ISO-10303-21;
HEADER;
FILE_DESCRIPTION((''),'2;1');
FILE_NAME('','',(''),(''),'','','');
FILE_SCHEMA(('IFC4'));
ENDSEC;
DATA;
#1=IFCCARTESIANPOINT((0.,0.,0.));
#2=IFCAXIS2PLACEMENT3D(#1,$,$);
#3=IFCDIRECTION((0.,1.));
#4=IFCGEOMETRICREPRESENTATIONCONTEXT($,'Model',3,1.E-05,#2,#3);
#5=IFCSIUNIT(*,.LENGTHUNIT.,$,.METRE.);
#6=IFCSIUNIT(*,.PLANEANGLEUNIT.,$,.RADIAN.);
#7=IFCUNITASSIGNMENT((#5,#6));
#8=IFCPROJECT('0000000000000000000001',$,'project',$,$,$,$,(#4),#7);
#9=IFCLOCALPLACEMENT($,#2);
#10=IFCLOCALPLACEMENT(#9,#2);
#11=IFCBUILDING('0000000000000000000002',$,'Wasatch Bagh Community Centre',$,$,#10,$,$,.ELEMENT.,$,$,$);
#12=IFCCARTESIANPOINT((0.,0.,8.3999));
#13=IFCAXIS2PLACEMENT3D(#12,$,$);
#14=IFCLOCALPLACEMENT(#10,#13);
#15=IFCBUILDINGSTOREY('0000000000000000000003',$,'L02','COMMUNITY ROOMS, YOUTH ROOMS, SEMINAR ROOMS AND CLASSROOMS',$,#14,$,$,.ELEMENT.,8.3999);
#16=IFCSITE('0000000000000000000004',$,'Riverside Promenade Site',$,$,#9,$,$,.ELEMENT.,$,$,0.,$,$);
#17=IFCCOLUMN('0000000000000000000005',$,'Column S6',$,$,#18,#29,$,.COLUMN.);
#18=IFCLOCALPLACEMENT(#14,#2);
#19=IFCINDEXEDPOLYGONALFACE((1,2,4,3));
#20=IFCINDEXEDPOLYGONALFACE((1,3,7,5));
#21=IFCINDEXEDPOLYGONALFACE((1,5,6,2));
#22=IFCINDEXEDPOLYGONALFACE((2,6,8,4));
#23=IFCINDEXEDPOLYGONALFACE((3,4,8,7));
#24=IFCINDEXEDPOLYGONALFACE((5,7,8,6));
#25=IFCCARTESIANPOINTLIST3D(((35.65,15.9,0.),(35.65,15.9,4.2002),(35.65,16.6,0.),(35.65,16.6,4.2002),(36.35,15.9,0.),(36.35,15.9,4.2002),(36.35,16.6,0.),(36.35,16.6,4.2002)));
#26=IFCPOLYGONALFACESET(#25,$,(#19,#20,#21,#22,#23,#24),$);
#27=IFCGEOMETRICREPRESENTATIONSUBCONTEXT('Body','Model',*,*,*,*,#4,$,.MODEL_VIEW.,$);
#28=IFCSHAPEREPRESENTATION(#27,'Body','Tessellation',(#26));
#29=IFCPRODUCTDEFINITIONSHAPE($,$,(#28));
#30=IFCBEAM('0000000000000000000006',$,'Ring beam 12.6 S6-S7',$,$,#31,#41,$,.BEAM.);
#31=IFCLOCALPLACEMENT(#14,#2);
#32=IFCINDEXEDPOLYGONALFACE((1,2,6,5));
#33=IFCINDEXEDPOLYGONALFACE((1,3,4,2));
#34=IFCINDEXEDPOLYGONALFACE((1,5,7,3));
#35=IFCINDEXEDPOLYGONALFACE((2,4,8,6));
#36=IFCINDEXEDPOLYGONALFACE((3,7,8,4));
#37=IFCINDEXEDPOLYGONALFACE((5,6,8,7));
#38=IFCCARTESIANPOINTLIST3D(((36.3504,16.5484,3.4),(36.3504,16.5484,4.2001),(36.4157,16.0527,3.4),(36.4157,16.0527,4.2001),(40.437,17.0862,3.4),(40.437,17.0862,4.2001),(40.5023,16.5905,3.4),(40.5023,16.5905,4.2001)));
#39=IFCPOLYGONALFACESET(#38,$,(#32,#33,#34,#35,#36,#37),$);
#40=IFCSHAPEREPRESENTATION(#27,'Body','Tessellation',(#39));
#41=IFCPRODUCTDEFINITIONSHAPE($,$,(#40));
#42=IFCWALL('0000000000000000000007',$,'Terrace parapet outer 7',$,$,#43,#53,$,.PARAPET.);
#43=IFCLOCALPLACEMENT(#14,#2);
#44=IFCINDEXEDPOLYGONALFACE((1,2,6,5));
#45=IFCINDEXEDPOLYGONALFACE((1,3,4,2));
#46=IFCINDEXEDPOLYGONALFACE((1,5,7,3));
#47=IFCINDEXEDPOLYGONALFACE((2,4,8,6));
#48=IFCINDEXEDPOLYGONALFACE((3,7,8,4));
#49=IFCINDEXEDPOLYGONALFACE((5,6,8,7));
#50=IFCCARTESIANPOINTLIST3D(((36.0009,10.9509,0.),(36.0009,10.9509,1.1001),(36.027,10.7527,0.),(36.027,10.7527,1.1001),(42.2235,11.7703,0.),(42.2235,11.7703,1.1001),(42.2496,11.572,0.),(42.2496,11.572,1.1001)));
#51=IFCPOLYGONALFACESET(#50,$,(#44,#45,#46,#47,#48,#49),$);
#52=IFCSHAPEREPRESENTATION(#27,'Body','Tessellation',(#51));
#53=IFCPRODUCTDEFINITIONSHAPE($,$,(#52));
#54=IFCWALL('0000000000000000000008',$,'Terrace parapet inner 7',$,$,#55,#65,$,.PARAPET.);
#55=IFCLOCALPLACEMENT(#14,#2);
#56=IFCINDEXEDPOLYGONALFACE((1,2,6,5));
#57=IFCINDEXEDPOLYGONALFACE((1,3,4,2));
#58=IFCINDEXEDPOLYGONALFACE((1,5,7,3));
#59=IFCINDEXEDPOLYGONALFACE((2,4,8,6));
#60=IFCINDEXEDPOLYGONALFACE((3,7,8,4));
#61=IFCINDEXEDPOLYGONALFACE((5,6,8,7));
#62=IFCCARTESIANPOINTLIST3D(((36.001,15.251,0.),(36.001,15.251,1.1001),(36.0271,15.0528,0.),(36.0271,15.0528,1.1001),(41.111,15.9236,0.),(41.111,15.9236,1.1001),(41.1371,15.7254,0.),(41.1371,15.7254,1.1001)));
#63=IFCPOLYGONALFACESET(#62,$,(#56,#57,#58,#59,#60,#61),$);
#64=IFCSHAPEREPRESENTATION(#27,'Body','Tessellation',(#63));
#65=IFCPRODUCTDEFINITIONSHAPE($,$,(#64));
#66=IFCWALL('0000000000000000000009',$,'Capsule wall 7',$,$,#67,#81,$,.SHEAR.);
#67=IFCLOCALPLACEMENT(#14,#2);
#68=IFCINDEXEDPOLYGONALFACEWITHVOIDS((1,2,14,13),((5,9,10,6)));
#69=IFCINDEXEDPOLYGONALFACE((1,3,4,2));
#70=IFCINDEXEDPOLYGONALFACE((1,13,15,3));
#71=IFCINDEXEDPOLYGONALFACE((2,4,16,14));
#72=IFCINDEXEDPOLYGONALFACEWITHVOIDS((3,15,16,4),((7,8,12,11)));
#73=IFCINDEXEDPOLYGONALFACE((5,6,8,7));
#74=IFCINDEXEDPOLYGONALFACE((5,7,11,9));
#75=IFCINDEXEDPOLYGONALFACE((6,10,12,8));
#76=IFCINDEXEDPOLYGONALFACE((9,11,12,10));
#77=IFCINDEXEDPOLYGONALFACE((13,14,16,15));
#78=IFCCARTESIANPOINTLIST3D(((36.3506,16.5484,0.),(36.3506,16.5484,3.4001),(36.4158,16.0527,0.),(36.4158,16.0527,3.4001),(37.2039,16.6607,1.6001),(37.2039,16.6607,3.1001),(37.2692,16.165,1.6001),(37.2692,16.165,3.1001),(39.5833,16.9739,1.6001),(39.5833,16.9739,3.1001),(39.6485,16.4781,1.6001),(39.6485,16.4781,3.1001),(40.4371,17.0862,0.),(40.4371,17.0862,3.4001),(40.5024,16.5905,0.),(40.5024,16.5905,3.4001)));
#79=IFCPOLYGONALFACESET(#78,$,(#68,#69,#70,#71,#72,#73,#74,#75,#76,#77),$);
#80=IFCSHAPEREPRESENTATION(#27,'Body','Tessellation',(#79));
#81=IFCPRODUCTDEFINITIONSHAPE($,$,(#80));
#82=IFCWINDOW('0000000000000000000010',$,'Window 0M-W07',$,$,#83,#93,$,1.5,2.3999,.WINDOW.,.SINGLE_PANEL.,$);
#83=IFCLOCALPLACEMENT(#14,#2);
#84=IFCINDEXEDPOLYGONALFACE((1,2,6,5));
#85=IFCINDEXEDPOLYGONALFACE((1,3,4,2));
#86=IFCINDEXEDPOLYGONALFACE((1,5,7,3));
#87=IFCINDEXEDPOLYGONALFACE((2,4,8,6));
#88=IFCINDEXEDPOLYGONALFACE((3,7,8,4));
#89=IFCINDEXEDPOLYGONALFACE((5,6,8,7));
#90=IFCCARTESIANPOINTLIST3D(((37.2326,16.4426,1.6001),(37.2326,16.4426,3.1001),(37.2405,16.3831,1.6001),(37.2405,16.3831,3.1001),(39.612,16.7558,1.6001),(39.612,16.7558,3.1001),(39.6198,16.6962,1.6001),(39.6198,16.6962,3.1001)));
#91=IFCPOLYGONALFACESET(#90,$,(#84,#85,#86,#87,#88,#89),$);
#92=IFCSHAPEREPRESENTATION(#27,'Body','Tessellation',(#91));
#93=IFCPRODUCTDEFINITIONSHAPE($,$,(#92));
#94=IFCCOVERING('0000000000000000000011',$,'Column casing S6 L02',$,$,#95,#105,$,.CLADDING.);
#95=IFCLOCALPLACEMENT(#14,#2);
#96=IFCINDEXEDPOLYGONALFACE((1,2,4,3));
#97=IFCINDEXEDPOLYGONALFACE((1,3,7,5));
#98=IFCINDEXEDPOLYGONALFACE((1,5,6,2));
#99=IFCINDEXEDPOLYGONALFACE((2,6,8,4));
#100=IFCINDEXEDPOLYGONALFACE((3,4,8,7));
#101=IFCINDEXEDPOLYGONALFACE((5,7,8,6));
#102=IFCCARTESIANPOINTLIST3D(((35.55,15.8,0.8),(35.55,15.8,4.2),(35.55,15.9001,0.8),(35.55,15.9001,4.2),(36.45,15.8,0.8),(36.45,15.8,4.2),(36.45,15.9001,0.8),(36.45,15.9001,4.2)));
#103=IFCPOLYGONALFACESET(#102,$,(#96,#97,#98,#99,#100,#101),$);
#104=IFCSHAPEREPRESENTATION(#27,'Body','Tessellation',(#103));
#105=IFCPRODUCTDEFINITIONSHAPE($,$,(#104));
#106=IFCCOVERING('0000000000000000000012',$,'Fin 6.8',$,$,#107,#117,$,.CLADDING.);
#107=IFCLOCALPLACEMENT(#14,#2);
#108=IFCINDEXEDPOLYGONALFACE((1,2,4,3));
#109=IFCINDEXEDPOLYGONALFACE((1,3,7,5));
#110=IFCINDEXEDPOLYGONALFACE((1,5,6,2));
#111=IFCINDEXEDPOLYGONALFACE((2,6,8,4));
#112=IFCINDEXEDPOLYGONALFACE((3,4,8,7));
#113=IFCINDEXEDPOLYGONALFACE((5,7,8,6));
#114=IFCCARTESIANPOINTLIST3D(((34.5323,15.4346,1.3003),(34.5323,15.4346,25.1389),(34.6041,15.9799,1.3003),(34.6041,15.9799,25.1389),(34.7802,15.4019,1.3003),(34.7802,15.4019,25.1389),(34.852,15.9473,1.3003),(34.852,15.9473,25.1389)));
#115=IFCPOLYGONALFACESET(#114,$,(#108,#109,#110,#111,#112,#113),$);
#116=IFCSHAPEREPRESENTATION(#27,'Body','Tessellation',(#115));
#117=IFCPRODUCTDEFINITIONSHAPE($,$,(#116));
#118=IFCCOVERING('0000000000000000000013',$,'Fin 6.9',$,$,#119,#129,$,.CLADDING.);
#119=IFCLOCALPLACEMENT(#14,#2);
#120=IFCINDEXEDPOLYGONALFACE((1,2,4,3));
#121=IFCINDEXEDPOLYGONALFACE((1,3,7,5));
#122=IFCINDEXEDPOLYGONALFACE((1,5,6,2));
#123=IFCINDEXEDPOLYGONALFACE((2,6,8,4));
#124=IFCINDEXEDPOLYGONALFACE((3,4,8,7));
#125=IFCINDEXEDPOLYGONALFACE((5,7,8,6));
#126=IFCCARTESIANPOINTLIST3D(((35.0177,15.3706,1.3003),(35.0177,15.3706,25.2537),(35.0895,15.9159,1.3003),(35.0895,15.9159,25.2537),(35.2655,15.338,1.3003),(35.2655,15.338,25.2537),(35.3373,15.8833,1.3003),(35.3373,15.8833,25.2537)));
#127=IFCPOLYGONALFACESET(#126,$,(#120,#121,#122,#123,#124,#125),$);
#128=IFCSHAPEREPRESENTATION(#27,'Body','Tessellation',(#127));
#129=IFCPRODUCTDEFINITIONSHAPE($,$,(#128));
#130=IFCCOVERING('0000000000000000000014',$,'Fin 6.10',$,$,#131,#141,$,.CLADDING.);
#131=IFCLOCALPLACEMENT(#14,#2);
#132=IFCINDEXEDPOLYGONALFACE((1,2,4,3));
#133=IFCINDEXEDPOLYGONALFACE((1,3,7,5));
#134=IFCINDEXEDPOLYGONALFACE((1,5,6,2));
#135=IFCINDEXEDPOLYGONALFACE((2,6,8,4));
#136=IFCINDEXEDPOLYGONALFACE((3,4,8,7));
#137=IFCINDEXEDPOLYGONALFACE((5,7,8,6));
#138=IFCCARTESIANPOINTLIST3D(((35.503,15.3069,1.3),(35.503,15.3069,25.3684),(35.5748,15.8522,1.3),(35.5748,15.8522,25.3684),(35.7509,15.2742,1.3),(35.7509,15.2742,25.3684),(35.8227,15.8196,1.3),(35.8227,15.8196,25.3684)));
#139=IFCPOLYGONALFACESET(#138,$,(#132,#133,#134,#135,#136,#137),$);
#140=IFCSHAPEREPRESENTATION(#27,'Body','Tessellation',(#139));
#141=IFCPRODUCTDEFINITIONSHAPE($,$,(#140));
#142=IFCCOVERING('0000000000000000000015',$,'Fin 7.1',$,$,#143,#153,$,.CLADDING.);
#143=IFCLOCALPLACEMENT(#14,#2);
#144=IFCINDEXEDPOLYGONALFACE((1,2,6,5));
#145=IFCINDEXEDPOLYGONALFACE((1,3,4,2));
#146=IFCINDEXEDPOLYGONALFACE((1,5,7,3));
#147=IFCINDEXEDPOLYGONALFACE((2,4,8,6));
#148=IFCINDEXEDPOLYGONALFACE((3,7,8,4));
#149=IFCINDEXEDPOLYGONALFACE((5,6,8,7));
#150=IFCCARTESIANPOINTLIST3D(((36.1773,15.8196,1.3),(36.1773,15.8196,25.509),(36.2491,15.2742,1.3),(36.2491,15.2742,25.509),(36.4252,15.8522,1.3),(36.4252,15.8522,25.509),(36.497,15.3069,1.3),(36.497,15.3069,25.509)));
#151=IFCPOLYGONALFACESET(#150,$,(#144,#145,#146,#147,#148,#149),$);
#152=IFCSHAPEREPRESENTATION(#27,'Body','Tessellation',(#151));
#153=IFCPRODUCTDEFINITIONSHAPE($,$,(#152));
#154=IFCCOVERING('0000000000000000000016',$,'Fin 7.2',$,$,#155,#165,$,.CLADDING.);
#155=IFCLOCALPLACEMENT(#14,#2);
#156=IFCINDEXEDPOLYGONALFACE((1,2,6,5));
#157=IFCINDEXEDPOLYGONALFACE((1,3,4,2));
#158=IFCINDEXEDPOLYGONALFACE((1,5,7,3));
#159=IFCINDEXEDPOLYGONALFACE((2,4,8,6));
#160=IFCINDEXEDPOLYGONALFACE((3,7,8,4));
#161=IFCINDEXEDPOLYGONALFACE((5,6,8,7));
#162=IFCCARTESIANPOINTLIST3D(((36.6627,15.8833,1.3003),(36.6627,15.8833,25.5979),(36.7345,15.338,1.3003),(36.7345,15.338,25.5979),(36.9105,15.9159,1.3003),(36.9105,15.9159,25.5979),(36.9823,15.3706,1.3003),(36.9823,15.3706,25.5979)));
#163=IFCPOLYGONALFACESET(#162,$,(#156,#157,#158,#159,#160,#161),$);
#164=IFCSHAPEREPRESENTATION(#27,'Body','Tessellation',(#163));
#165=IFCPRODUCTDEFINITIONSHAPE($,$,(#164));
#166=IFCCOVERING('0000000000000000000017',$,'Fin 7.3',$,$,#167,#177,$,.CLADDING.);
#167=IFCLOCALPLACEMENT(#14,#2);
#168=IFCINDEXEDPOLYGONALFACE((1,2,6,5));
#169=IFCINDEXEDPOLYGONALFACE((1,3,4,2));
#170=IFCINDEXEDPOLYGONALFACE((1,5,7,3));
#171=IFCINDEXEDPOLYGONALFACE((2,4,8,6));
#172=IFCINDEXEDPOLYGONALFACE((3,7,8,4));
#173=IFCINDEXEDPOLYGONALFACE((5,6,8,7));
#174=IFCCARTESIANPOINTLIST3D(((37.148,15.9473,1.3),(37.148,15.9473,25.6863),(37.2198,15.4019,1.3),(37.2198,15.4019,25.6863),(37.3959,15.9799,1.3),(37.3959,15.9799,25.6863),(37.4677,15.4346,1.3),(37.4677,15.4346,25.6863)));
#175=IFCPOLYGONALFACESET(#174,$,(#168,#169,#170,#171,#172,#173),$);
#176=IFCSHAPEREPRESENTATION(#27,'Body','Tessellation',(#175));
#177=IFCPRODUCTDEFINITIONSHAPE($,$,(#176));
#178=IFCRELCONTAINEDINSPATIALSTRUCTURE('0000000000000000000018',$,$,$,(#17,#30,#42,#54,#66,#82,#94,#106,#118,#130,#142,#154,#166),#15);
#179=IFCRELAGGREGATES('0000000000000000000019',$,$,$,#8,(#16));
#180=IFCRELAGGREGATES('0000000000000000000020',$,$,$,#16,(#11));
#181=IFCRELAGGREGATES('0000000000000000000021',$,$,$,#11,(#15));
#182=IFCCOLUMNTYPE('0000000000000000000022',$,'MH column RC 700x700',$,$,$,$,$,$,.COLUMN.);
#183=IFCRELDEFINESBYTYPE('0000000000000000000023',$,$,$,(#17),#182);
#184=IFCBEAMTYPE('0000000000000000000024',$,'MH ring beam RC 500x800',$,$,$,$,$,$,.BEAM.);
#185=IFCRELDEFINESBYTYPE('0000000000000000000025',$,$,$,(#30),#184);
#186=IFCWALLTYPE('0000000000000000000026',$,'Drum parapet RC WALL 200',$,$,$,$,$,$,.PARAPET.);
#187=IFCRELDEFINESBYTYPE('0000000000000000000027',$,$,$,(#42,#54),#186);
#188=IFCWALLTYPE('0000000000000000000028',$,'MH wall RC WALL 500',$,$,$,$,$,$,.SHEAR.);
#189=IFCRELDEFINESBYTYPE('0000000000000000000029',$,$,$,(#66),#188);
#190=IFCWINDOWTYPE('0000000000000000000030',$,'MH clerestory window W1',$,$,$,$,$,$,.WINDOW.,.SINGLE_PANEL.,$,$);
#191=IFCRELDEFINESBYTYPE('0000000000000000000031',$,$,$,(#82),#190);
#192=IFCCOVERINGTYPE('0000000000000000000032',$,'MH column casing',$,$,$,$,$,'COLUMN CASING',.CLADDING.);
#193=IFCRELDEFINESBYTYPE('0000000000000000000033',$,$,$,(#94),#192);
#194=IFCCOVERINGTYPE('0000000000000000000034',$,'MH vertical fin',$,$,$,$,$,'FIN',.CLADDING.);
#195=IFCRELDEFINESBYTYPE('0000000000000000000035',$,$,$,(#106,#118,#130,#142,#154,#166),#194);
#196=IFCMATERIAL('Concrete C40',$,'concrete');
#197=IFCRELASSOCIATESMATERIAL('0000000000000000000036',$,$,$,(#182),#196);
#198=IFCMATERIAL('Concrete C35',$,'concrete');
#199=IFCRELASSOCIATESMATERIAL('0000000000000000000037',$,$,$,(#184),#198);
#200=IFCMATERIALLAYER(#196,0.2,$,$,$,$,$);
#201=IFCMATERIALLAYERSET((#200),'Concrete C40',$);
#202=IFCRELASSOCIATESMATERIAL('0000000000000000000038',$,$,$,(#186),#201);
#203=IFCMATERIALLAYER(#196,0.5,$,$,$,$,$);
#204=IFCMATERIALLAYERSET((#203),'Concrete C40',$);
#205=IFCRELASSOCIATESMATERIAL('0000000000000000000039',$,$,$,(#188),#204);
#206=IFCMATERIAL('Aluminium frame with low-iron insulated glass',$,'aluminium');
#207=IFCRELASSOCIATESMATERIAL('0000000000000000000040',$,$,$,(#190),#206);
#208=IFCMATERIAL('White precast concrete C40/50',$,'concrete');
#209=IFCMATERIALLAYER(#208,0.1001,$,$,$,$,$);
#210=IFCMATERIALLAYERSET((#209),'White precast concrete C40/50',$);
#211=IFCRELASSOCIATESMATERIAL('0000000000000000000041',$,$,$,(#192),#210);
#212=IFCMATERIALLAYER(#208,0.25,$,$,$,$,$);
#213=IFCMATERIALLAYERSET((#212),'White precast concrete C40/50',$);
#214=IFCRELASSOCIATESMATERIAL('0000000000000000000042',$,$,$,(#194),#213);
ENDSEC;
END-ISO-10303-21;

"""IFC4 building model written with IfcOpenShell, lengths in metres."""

from ifc_helpers import new_model, si_unit, direction, frame, frame_2d, origin, origin_2d, place, context, subcontext, project, spatial, rectangle, extrude, material, layer, layer_set, material_profile, profile_set, type_object, element, fill, save


model = new_model("IFC4")

# Units and contexts
model_context = context("Model", 3, precision=1e-05, world=origin(), true_north=direction((0.0, 1.0)))
body_context = subcontext(model_context, "Body", "Model", "MODEL_VIEW")
ifc_project = project(units=[si_unit("LENGTHUNIT", "METRE"), si_unit("PLANEANGLEUNIT", "RADIAN")], contexts=[model_context])

# Site, building, storey
site_placement = place(None, origin())
site = spatial("IfcSite", under=ifc_project, at=site_placement, Name="Riverside Promenade Site", CompositionType="ELEMENT", RefElevation=0.0)
building_placement = place(site_placement, origin())
building = spatial("IfcBuilding", under=site, at=building_placement, Name="Wasatch Bagh Community Centre", CompositionType="ELEMENT")
storey_placement = place(building_placement, frame((0.0, 0.0, 8.3999)))
storey = spatial("IfcBuildingStorey", under=building, at=storey_placement, Name="L02", Description="COMMUNITY ROOMS, YOUTH ROOMS, SEMINAR ROOMS AND CLASSROOMS", CompositionType="ELEMENT", Elevation=8.3999)

# Column
ifc_material_1 = material(Name="Concrete C40", Category="concrete")
ifc_material_profile_1 = material_profile(ifc_material_1, rectangle(XDim=0.7, YDim=0.7, at=origin_2d()), Name="RC 700x700")
ifc_profile_set_1 = profile_set([ifc_material_profile_1], Name="Concrete C40")
column_type = type_object("IfcColumnType", Name="MH column RC 700x700", PredefinedType="COLUMN", material=ifc_profile_set_1)
column_placement = place(storey_placement, frame((36.0, 16.25, 0.0), z_axis=(0.0, 0.0, 1.0), x_axis=(1.0, 0.0, 0.0)))
element("IfcColumn", 1, at=column_placement, inside=storey, type_object=column_type, Name="Column S6", PredefinedType="COLUMN", context=body_context, shape_type="SweptSolid", body=[
    extrude(rectangle(XDim=0.7, YDim=0.7, at=origin_2d()), origin(), (0.0, 0.0, 1.0), 4.2002),
])

# Beam
ifc_material_2 = material(Name="Concrete C35", Category="concrete")
ifc_material_profile_2 = material_profile(ifc_material_2, rectangle(XDim=0.5, YDim=0.8, at=origin_2d()), Name="RC 500x800")
ifc_profile_set_2 = profile_set([ifc_material_profile_2], Name="Concrete C35")
beam_type = type_object("IfcBeamType", Name="MH ring beam RC 500x800", PredefinedType="BEAM", material=ifc_profile_set_2)
beam_placement = place(storey_placement, frame((36.3831, 16.3005, 3.8), z_axis=(0.99145, 0.130484, 0.0), x_axis=(-0.130484, 0.99145, 0.0)))
element("IfcBeam", 2, at=beam_placement, inside=storey, type_object=beam_type, Name="Ring beam 12.6 S6-S7", PredefinedType="BEAM", context=body_context, shape_type="SweptSolid", body=[
    extrude(rectangle(XDim=0.5, YDim=0.8, at=origin_2d()), origin(), (0.0, 0.0, 1.0), 4.1218),
])

# Walls
ifc_layer_1 = layer(ifc_material_1, 0.2)
ifc_layer_set_1 = layer_set([ifc_layer_1], Name="Concrete C40")
wall_type_1 = type_object("IfcWallType", Name="Drum parapet RC WALL 200", PredefinedType="PARAPET", material=ifc_layer_set_1)
wall_1_placement = place(storey_placement, frame((36.0139, 10.8518, 0.0), z_axis=(0.0, 0.0, 1.0), x_axis=(0.991443, 0.130543, 0.0)))
element("IfcWall", 3, at=wall_1_placement, inside=storey, type_object=wall_type_1, Name="Terrace parapet outer 7", PredefinedType="PARAPET", context=body_context, shape_type="SweptSolid", body=[
    extrude(rectangle(XDim=6.2764, YDim=0.2, at=frame_2d((3.1382, 0.0))), origin(), (0.0, 0.0, 1.0), 1.1001),
])
wall_2_placement = place(storey_placement, frame((36.0139, 15.1519, 0.0), z_axis=(0.0, 0.0, 1.0), x_axis=(0.991448, 0.130504, 0.0)))
element("IfcWall", 4, at=wall_2_placement, inside=storey, type_object=wall_type_1, Name="Terrace parapet inner 7", PredefinedType="PARAPET", context=body_context, shape_type="SweptSolid", body=[
    extrude(rectangle(XDim=5.1541, YDim=0.2, at=frame_2d((2.5771, 0.0))), origin(), (0.0, 0.0, 1.0), 1.1001),
])

# Wall, opening, window
ifc_layer_2 = layer(ifc_material_1, 0.5)
ifc_layer_set_2 = layer_set([ifc_layer_2], Name="Concrete C40")
wall_type_2 = type_object("IfcWallType", Name="MH wall RC WALL 500", PredefinedType="SHEAR", material=ifc_layer_set_2)
wall_3_placement = place(storey_placement, frame((36.3831, 16.3005, 0.0), z_axis=(0.0, 0.0, 1.0), x_axis=(0.99145, 0.130484, 0.0)))
wall_3 = element("IfcWall", 5, at=wall_3_placement, inside=storey, type_object=wall_type_2, Name="Capsule wall 7", PredefinedType="SHEAR", context=body_context, shape_type="SweptSolid", body=[
    extrude(rectangle(XDim=4.1218, YDim=0.5, at=frame_2d((2.061, 0.0))), origin(), (0.0, 0.0, 1.0), 3.4001),
])
opening_placement = place(wall_3_placement, frame((0.8608, 0.0, 1.6001)))
opening = element("IfcOpeningElement", 6, at=opening_placement, cuts=wall_3, PredefinedType="OPENING", context=body_context, shape_type="SweptSolid", body=[
    extrude(rectangle(XDim=2.3999, YDim=1.5, at=frame_2d((1.2, 0.75))), frame((0.0, 0.26, 0.0), z_axis=(0.0, -1.0, 0.0), x_axis=(1.0, 0.0, 0.0)), (0.0, 0.0, 1.0), 0.52),
])
ifc_material_3 = material(Name="Aluminium frame with low-iron insulated glass", Category="aluminium")
window_type = type_object("IfcWindowType", Name="MH clerestory window W1", PartitioningType="SINGLE_PANEL", PredefinedType="WINDOW", material=ifc_material_3)
window_placement = place(opening_placement, origin())
window = element("IfcWindow", 7, at=window_placement, inside=storey, type_object=window_type, Name="Window 0M-W07", OverallHeight=1.5, OverallWidth=2.3999, PartitioningType="SINGLE_PANEL", PredefinedType="WINDOW", context=body_context, shape_type="SweptSolid", body=[
    extrude(rectangle(XDim=2.3999, YDim=1.5, at=frame_2d((1.2, 0.75))), frame((0.0, 0.03, 0.0), z_axis=(0.0, -1.0, 0.0), x_axis=(1.0, 0.0, 0.0)), (0.0, 0.0, 1.0), 0.0601),
])
fill(opening, window)

# Coverings
ifc_material_4 = material(Name="White precast concrete C40/50", Category="concrete")
ifc_layer_3 = layer(ifc_material_4, 0.1001)
ifc_layer_set_3 = layer_set([ifc_layer_3], Name="White precast concrete C40/50")
covering_type_1 = type_object("IfcCoveringType", Name="MH column casing", ElementType="COLUMN CASING", PredefinedType="CLADDING", material=ifc_layer_set_3)
covering_1_placement = place(storey_placement, frame((36.0, 15.8501, 0.8), z_axis=(0.0, 0.0, 1.0), x_axis=(1.0, 0.0, 0.0)))
element("IfcCovering", 8, at=covering_1_placement, inside=storey, type_object=covering_type_1, Name="Column casing S6 L02", PredefinedType="CLADDING", context=body_context, shape_type="SweptSolid", body=[
    extrude(rectangle(XDim=0.8999, YDim=0.1001, at=origin_2d()), origin(), (0.0, 0.0, 1.0), 3.3999),
])
ifc_layer_4 = layer(ifc_material_4, 0.25)
ifc_layer_set_4 = layer_set([ifc_layer_4], Name="White precast concrete C40/50")
covering_type_2 = type_object("IfcCoveringType", Name="MH vertical fin", ElementType="FIN", PredefinedType="CLADDING", material=ifc_layer_set_4)
covering_2_placement = place(storey_placement, frame((34.6921, 15.6909, 1.3003), z_axis=(0.0, 0.0, 1.0), x_axis=(0.991445, -0.130526, 0.0)))
element("IfcCovering", 9, at=covering_2_placement, inside=storey, type_object=covering_type_2, Name="Fin 6.8", PredefinedType="CLADDING", context=body_context, shape_type="SweptSolid", body=[
    extrude(rectangle(XDim=0.25, YDim=0.55, at=origin_2d()), origin(), (0.0, 0.0, 1.0), 23.8386),
])
covering_3_placement = place(storey_placement, frame((35.1775, 15.627, 1.3003), z_axis=(0.0, 0.0, 1.0), x_axis=(0.991445, -0.130526, 0.0)))
element("IfcCovering", 10, at=covering_3_placement, inside=storey, type_object=covering_type_2, Name="Fin 6.9", PredefinedType="CLADDING", context=body_context, shape_type="SweptSolid", body=[
    extrude(rectangle(XDim=0.25, YDim=0.55, at=origin_2d()), origin(), (0.0, 0.0, 1.0), 23.9534),
])
covering_4_placement = place(storey_placement, frame((35.6628, 15.5632, 1.3), z_axis=(0.0, 0.0, 1.0), x_axis=(0.991445, -0.130526, 0.0)))
element("IfcCovering", 11, at=covering_4_placement, inside=storey, type_object=covering_type_2, Name="Fin 6.10", PredefinedType="CLADDING", context=body_context, shape_type="SweptSolid", body=[
    extrude(rectangle(XDim=0.25, YDim=0.55, at=origin_2d()), origin(), (0.0, 0.0, 1.0), 24.0684),
])
covering_5_placement = place(storey_placement, frame((36.3372, 15.5632, 1.3), z_axis=(0.0, 0.0, 1.0), x_axis=(0.991445, 0.130526, 0.0)))
element("IfcCovering", 12, at=covering_5_placement, inside=storey, type_object=covering_type_2, Name="Fin 7.1", PredefinedType="CLADDING", context=body_context, shape_type="SweptSolid", body=[
    extrude(rectangle(XDim=0.25, YDim=0.55, at=origin_2d()), origin(), (0.0, 0.0, 1.0), 24.209),
])
covering_6_placement = place(storey_placement, frame((36.8225, 15.627, 1.3003), z_axis=(0.0, 0.0, 1.0), x_axis=(0.991445, 0.130526, 0.0)))
element("IfcCovering", 13, at=covering_6_placement, inside=storey, type_object=covering_type_2, Name="Fin 7.2", PredefinedType="CLADDING", context=body_context, shape_type="SweptSolid", body=[
    extrude(rectangle(XDim=0.25, YDim=0.55, at=origin_2d()), origin(), (0.0, 0.0, 1.0), 24.2976),
])
covering_7_placement = place(storey_placement, frame((37.3079, 15.6909, 1.3), z_axis=(0.0, 0.0, 1.0), x_axis=(0.991445, 0.130526, 0.0)))
element("IfcCovering", 14, at=covering_7_placement, inside=storey, type_object=covering_type_2, Name="Fin 7.3", PredefinedType="CLADDING", context=body_context, shape_type="SweptSolid", body=[
    extrude(rectangle(XDim=0.25, YDim=0.55, at=origin_2d()), origin(), (0.0, 0.0, 1.0), 24.3862),
])

save(model, "model.ifc")
